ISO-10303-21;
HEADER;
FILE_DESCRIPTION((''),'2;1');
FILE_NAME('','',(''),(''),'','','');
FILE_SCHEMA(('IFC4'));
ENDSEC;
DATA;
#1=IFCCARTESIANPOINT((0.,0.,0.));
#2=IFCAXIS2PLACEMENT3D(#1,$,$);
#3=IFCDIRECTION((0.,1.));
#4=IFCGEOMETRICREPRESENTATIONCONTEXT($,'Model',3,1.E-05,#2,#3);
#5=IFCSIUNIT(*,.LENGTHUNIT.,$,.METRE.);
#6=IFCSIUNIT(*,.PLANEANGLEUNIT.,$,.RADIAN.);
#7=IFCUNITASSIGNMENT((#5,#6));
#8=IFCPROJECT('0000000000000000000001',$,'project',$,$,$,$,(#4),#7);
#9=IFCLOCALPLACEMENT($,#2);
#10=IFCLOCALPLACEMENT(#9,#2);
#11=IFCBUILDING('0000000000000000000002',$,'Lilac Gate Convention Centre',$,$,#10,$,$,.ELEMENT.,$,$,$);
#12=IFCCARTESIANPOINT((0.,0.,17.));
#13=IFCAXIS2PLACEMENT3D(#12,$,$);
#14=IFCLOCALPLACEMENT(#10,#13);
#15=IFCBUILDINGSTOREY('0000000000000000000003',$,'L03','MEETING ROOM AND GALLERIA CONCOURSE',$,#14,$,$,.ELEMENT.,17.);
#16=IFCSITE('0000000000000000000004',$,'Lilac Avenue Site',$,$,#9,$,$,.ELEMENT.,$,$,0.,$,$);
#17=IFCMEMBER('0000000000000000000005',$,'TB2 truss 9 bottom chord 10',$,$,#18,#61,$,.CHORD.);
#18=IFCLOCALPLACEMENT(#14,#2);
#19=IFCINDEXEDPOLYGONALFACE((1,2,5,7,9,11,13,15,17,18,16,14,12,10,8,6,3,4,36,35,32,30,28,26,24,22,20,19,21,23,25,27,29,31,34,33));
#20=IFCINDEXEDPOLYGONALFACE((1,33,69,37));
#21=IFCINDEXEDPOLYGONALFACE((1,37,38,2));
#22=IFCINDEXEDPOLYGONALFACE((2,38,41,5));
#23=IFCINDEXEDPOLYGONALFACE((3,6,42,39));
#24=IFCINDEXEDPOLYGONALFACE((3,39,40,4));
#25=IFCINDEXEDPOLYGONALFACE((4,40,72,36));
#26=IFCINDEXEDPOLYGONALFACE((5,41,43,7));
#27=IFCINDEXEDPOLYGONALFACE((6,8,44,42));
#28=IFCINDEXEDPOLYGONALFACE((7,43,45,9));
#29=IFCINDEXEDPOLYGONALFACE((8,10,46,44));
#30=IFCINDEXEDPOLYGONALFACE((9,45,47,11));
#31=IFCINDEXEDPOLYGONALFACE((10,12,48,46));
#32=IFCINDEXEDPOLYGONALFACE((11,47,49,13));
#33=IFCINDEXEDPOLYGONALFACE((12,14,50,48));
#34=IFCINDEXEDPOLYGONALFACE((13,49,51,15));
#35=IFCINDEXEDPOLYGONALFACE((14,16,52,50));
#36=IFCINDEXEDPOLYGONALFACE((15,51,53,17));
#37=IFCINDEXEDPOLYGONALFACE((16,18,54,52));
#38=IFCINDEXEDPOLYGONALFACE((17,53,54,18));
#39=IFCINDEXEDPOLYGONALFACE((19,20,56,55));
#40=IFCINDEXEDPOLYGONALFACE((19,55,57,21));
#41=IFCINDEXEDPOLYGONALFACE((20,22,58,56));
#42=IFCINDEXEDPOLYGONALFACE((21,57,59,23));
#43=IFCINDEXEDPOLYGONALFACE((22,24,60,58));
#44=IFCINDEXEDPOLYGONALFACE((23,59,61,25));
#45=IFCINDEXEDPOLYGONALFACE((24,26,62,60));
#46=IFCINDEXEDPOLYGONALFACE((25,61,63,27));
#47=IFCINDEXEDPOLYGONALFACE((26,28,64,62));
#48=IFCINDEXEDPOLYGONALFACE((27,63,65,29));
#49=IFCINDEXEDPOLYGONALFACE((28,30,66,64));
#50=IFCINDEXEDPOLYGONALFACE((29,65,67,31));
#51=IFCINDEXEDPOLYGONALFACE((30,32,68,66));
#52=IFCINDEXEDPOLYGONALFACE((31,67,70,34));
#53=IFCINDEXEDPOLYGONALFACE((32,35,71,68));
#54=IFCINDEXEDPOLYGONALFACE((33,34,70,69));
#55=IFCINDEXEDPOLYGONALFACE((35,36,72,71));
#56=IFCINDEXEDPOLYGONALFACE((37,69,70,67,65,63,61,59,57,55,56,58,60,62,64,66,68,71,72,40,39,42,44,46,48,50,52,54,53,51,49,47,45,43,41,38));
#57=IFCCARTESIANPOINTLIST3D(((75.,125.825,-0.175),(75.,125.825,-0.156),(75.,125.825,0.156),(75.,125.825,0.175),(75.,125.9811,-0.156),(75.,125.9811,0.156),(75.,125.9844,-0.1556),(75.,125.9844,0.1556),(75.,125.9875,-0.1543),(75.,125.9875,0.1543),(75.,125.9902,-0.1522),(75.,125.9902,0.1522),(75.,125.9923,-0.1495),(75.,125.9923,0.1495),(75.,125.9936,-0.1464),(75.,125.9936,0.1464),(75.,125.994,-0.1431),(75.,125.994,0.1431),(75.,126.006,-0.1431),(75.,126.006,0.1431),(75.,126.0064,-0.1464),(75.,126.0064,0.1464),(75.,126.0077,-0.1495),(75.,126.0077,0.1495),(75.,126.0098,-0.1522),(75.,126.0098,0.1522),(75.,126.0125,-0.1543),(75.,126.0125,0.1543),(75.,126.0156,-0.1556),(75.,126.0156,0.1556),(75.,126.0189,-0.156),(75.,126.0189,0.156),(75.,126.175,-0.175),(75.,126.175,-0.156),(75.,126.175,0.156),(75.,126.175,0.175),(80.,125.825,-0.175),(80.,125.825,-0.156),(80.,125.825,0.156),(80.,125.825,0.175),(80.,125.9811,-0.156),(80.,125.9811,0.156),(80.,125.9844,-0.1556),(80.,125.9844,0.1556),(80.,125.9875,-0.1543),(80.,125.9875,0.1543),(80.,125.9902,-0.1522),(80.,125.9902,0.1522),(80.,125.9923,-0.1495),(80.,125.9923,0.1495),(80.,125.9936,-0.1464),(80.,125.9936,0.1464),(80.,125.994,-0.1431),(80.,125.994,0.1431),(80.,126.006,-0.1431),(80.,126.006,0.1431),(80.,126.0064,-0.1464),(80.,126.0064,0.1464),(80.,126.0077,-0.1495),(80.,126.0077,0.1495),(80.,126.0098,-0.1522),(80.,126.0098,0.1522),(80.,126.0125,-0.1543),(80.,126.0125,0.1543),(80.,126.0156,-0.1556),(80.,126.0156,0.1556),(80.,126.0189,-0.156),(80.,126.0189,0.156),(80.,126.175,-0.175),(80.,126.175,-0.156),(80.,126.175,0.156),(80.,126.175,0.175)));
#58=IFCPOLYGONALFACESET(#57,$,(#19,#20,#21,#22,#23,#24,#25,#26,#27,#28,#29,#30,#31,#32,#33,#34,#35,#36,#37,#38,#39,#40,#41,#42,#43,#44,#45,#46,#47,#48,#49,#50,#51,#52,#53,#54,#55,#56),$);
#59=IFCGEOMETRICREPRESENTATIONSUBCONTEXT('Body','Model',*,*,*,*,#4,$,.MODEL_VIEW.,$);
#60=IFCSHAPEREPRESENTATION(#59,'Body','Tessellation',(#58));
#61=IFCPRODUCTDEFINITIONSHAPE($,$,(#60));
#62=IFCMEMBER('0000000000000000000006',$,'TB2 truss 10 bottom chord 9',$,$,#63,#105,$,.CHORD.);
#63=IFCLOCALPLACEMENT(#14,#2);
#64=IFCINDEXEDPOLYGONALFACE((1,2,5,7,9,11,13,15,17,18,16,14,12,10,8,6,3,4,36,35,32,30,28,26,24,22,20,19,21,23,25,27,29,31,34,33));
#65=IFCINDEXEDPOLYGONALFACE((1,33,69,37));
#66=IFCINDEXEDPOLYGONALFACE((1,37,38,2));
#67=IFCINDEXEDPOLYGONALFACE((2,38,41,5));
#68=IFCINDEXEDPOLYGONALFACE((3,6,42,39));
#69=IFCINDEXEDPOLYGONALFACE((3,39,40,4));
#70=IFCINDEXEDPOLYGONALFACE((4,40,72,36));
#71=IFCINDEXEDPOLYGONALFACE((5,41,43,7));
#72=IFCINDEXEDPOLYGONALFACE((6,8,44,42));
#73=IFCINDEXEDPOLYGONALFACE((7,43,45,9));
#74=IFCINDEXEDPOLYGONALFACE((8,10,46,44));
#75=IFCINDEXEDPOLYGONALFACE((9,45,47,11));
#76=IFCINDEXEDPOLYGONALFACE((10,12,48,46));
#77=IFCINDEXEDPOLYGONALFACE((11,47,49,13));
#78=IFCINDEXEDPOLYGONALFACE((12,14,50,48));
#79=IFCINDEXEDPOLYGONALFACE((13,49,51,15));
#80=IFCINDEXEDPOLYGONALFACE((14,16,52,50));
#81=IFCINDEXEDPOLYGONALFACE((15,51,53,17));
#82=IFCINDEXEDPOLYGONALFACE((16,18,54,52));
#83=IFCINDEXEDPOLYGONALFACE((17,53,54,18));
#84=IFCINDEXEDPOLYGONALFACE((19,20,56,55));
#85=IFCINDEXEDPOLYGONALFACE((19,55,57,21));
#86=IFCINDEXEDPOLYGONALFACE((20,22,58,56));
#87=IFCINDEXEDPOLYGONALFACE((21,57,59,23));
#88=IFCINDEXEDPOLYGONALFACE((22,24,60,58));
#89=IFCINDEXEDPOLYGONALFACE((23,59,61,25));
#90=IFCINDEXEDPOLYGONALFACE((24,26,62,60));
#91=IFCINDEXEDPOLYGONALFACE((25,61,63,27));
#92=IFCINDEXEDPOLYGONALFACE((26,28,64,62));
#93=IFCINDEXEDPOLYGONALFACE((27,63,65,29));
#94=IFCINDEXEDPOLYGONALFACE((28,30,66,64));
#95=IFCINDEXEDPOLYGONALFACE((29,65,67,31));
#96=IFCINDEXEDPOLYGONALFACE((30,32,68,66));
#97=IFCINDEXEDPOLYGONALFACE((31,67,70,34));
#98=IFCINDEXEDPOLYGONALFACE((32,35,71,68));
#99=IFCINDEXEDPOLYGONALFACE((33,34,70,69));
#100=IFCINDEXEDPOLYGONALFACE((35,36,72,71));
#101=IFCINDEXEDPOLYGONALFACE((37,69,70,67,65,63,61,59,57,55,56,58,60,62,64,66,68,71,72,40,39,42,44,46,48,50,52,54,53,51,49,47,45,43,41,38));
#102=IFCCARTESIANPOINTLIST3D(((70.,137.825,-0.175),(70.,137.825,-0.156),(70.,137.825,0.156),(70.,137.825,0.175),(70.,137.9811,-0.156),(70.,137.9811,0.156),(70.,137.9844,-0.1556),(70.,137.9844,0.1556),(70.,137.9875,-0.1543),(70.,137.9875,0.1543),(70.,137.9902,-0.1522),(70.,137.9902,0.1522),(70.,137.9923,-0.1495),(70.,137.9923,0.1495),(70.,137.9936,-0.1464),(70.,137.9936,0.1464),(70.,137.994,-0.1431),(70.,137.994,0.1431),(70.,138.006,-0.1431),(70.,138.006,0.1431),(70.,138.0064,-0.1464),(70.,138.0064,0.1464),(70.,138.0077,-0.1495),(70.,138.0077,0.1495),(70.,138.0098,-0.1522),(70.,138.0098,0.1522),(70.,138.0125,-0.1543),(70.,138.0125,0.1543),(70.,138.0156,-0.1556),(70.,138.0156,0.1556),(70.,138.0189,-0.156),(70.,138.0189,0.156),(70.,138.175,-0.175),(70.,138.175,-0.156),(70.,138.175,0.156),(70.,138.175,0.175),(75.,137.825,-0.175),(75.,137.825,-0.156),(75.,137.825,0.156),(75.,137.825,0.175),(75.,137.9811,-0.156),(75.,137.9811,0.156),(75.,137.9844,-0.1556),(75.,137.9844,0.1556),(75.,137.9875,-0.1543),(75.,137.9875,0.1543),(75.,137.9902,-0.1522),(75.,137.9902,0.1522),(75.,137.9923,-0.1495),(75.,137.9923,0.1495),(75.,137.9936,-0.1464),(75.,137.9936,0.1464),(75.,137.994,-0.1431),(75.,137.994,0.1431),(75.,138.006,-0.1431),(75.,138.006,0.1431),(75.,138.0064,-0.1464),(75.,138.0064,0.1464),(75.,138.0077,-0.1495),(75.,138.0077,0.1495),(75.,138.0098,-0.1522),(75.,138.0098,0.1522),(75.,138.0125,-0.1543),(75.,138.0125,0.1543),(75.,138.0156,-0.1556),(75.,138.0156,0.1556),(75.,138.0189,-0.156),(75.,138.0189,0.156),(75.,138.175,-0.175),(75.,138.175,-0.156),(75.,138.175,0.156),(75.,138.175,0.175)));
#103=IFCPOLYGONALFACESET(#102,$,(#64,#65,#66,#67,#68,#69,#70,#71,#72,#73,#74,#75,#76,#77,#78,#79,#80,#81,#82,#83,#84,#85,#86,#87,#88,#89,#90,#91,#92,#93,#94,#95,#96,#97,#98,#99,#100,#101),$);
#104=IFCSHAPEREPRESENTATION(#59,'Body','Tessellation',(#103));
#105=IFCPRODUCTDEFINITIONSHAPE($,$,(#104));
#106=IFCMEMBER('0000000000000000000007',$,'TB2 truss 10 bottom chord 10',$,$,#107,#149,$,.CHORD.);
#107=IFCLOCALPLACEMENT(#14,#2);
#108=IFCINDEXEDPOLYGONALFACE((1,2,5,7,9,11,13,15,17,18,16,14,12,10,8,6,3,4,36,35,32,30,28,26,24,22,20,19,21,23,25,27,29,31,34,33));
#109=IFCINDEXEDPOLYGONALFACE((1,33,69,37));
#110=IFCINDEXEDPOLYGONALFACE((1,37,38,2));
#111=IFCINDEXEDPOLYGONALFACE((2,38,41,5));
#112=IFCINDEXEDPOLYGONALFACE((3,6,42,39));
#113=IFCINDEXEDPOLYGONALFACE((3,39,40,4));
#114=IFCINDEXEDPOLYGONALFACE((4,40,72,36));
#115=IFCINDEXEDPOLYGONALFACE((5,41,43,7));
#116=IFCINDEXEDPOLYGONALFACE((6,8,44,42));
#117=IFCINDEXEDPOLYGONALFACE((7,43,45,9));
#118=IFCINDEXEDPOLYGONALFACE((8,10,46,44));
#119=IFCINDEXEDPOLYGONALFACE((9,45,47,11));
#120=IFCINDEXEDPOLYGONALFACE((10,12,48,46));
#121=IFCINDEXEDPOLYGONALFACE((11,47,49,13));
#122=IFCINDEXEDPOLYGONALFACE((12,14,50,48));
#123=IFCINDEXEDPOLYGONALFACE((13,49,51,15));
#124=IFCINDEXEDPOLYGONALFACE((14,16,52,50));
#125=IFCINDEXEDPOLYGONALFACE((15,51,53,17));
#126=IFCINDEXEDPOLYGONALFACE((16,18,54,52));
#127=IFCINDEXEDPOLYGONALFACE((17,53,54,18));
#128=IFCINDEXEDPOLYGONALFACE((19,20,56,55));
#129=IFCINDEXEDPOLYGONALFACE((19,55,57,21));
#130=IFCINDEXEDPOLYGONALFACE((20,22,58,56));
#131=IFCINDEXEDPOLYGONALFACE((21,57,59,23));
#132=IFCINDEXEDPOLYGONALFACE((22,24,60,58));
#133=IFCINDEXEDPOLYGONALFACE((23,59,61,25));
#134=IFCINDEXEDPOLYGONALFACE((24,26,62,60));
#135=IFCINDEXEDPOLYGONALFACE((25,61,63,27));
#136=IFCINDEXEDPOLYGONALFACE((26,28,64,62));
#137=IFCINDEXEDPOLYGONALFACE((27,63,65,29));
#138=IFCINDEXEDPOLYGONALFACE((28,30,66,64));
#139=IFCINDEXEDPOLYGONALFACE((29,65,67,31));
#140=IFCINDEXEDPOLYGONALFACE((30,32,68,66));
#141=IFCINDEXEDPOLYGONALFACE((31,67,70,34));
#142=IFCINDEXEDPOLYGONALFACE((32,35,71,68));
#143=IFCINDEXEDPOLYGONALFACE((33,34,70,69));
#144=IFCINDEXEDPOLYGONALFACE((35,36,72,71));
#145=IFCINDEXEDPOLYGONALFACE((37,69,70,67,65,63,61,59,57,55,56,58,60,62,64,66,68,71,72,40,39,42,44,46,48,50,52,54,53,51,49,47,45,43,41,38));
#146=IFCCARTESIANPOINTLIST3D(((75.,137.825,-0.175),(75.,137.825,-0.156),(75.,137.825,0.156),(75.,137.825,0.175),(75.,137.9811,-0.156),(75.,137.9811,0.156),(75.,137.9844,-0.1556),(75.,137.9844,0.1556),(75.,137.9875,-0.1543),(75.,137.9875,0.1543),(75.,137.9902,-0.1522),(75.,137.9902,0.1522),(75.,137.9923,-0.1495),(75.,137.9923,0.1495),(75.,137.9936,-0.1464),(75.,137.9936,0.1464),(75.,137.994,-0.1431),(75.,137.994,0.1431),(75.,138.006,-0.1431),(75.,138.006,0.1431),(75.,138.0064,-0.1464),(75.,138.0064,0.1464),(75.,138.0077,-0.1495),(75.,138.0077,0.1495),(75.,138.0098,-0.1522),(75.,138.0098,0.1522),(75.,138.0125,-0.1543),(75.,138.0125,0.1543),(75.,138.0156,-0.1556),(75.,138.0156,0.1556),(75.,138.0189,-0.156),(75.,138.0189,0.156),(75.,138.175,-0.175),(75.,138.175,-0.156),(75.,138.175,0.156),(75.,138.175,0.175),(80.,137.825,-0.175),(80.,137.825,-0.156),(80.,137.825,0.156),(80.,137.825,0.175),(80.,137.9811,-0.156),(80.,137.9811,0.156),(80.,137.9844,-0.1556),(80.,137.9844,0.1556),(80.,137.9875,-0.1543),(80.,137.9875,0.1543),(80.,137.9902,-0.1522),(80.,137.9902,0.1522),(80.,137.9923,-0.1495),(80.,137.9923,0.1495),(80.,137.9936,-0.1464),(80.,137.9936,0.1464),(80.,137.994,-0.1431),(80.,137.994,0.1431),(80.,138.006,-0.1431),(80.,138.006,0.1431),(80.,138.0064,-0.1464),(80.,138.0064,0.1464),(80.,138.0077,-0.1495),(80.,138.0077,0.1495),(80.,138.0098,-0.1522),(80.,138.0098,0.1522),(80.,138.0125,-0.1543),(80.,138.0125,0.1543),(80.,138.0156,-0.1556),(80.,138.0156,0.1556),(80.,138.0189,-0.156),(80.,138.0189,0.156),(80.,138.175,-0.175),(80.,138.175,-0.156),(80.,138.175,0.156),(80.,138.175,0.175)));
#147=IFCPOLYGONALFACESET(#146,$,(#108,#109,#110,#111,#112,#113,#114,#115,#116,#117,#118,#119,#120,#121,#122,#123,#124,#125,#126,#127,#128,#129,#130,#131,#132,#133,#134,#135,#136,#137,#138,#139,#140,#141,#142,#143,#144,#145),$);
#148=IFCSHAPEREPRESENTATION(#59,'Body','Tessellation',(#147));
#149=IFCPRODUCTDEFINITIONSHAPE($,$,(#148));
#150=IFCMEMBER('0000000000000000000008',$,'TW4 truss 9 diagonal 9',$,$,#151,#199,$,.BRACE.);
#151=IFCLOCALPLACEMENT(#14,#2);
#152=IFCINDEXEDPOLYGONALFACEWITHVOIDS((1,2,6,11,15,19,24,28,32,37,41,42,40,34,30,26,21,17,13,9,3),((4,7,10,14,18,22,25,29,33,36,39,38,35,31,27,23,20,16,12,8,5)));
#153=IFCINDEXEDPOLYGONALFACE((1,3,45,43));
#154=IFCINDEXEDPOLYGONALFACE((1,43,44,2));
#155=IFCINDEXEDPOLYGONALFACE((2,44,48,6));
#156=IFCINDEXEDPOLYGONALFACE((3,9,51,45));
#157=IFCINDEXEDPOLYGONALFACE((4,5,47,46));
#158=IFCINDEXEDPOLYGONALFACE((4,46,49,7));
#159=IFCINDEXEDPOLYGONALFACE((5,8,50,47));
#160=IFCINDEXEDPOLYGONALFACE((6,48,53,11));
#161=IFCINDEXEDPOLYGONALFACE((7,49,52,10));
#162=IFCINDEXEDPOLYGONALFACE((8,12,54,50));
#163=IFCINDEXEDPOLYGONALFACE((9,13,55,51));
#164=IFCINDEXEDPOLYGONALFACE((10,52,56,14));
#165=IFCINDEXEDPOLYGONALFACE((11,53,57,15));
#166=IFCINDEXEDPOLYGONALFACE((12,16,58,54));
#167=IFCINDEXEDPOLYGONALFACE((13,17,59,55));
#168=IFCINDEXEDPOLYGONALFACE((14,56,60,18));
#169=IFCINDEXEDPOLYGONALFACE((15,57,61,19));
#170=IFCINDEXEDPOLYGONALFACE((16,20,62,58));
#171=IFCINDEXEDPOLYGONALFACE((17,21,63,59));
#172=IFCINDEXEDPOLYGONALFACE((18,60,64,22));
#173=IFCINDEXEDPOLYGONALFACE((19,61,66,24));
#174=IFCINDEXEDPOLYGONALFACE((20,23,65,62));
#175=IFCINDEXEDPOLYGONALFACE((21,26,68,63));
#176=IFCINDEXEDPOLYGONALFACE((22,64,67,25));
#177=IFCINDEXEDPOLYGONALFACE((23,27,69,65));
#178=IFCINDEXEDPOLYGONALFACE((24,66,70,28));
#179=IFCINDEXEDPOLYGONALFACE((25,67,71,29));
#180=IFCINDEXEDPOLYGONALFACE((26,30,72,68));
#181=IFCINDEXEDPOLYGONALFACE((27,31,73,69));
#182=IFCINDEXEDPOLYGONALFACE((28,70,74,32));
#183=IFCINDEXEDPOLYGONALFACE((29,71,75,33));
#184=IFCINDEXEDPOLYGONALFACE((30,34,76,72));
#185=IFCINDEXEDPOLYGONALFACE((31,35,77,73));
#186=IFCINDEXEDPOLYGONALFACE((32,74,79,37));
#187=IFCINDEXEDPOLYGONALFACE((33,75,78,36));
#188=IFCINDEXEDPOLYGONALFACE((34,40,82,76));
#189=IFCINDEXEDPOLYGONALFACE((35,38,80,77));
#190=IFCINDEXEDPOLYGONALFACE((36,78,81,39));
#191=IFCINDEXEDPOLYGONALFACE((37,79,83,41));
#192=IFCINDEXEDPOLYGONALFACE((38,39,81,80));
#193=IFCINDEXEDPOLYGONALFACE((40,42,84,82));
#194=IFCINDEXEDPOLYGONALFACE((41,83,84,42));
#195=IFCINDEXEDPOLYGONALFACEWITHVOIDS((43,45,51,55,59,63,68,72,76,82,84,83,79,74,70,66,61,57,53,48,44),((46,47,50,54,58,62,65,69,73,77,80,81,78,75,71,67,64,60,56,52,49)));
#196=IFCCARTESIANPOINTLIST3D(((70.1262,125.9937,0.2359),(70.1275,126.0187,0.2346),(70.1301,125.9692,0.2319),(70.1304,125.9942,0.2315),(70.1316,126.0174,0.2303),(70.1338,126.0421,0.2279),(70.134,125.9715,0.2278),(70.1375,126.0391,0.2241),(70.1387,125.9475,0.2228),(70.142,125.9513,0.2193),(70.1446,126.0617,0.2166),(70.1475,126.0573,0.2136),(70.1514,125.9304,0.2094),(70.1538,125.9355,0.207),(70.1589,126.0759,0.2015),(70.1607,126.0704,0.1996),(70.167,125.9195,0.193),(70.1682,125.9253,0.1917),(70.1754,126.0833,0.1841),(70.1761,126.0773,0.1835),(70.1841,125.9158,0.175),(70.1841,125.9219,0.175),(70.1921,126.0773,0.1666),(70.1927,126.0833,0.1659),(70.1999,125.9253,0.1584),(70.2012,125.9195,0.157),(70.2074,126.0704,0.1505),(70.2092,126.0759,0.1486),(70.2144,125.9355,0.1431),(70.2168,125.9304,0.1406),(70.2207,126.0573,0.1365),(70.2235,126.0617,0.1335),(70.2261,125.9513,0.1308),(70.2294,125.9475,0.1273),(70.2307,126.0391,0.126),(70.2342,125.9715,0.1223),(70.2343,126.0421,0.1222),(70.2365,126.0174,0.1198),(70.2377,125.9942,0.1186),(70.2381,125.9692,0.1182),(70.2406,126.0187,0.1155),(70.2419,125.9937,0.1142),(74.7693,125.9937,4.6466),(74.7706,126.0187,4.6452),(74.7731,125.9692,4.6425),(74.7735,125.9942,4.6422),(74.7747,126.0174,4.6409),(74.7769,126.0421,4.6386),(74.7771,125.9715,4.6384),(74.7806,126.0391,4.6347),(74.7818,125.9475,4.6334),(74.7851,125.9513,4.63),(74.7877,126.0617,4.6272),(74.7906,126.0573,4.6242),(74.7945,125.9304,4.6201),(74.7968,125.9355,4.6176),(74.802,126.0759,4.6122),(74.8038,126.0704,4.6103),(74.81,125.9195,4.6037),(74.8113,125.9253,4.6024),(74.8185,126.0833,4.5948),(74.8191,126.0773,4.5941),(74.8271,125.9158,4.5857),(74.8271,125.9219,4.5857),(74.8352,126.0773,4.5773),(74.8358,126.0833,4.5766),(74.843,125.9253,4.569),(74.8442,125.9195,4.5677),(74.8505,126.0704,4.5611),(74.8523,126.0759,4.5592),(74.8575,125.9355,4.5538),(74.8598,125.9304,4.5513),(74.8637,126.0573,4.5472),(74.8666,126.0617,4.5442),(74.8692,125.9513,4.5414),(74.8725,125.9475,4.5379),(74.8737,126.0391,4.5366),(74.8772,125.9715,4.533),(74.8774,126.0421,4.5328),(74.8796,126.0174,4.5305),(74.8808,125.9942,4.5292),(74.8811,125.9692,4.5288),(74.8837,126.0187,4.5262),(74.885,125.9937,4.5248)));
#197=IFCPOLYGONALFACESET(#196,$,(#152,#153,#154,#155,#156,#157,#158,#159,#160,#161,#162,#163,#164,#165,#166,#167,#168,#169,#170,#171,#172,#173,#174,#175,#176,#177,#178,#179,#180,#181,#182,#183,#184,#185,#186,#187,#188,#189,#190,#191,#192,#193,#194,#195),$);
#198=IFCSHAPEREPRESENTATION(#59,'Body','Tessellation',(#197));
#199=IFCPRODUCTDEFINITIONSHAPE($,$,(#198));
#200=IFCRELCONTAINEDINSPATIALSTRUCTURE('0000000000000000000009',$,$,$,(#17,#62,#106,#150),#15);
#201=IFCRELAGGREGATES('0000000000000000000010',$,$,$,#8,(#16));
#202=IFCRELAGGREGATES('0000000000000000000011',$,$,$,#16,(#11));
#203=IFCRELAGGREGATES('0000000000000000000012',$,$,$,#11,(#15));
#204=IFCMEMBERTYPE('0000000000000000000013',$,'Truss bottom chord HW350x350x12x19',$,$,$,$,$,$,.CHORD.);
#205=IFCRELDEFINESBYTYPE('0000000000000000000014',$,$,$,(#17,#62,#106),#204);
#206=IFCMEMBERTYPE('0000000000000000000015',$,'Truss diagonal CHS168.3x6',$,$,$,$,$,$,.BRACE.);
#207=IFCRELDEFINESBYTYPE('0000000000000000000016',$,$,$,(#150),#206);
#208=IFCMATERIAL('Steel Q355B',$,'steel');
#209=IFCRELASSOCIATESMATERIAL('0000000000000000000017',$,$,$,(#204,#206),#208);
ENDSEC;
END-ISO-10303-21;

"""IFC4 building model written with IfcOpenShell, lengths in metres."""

from ifc_helpers import new_model, si_unit, direction, frame, origin, origin_2d, place, context, subcontext, project, spatial, hollow_circle, i_section, extrude, material, material_profile, profile_set, type_object, element, save


model = new_model("IFC4")

# Units and contexts
model_context = context("Model", 3, precision=1e-05, world=origin(), true_north=direction((0.0, 1.0)))
body_context = subcontext(model_context, "Body", "Model", "MODEL_VIEW")
ifc_project = project(units=[si_unit("LENGTHUNIT", "METRE"), si_unit("PLANEANGLEUNIT", "RADIAN")], contexts=[model_context])

# Site, building, storey
site_placement = place(None, origin())
site = spatial("IfcSite", under=ifc_project, at=site_placement, Name="Lilac Avenue Site", CompositionType="ELEMENT", RefElevation=0.0)
building_placement = place(site_placement, origin())
building = spatial("IfcBuilding", under=site, at=building_placement, Name="Lilac Gate Convention Centre", CompositionType="ELEMENT")
storey_placement = place(building_placement, frame((0.0, 0.0, 17.0)))
storey = spatial("IfcBuildingStorey", under=building, at=storey_placement, Name="L03", Description="MEETING ROOM AND GALLERIA CONCOURSE", CompositionType="ELEMENT", Elevation=17.0)

# Members
ifc_material = material(Name="Steel Q355B", Category="steel")
ifc_material_profile_1 = material_profile(ifc_material, i_section(OverallWidth=0.3501, OverallDepth=0.3501, WebThickness=0.012, FlangeThickness=0.019, FilletRadius=0.0129, at=origin_2d()), Name="HW350x350x12x19")
ifc_profile_set_1 = profile_set([ifc_material_profile_1], Name="Steel Q355B")
member_type_1 = type_object("IfcMemberType", Name="Truss bottom chord HW350x350x12x19", PredefinedType="CHORD", material=ifc_profile_set_1)
for number, where, z_axis, x_axis, name in (
    (1, (75.0, 126.0, 0.0), (1.0, 0.0, 0.0), (0.0, 1.0, 0.0), "TB2 truss 9 bottom chord 10"),
    (2, (70.0, 138.0, 0.0), (1.0, 0.0, 0.0), (0.0, 1.0, 0.0), "TB2 truss 10 bottom chord 9"),
    (3, (75.0, 138.0, 0.0), (1.0, 0.0, 0.0), (0.0, 1.0, 0.0), "TB2 truss 10 bottom chord 10"),
):
    element("IfcMember", number, at=place(storey_placement, frame(where, z_axis=z_axis, x_axis=x_axis)), inside=storey, type_object=member_type_1, Name=name, PredefinedType="CHORD", context=body_context, shape_type="SweptSolid", body=[
        extrude(i_section(OverallWidth=0.3501, OverallDepth=0.3501, WebThickness=0.012, FlangeThickness=0.019, FilletRadius=0.0129, at=origin_2d()), origin(), (0.0, 0.0, 1.0), 5.0),
    ])
ifc_material_profile_2 = material_profile(ifc_material, hollow_circle(Radius=0.0842, WallThickness=0.0061, at=origin_2d()), Name="CHS168.3x6")
ifc_profile_set_2 = profile_set([ifc_material_profile_2], Name="Steel Q355B")
member_type_2 = type_object("IfcMemberType", Name="Truss diagonal CHS168.3x6", PredefinedType="BRACE", material=ifc_profile_set_2)
member_1_placement = place(storey_placement, frame((74.8271, 126.0, 4.5857), z_axis=(-0.72502, 0.0, -0.688727), x_axis=(0.0, -1.0, 0.0)))
element("IfcMember", 4, at=member_1_placement, inside=storey, type_object=member_type_2, Name="TW4 truss 9 diagonal 9", PredefinedType="BRACE", context=body_context, shape_type="SweptSolid", body=[
    extrude(hollow_circle(Radius=0.0842, WallThickness=0.0061, at=origin_2d()), origin(), (0.0, 0.0, 1.0), 6.4041),
])

save(model, "model.ifc")
